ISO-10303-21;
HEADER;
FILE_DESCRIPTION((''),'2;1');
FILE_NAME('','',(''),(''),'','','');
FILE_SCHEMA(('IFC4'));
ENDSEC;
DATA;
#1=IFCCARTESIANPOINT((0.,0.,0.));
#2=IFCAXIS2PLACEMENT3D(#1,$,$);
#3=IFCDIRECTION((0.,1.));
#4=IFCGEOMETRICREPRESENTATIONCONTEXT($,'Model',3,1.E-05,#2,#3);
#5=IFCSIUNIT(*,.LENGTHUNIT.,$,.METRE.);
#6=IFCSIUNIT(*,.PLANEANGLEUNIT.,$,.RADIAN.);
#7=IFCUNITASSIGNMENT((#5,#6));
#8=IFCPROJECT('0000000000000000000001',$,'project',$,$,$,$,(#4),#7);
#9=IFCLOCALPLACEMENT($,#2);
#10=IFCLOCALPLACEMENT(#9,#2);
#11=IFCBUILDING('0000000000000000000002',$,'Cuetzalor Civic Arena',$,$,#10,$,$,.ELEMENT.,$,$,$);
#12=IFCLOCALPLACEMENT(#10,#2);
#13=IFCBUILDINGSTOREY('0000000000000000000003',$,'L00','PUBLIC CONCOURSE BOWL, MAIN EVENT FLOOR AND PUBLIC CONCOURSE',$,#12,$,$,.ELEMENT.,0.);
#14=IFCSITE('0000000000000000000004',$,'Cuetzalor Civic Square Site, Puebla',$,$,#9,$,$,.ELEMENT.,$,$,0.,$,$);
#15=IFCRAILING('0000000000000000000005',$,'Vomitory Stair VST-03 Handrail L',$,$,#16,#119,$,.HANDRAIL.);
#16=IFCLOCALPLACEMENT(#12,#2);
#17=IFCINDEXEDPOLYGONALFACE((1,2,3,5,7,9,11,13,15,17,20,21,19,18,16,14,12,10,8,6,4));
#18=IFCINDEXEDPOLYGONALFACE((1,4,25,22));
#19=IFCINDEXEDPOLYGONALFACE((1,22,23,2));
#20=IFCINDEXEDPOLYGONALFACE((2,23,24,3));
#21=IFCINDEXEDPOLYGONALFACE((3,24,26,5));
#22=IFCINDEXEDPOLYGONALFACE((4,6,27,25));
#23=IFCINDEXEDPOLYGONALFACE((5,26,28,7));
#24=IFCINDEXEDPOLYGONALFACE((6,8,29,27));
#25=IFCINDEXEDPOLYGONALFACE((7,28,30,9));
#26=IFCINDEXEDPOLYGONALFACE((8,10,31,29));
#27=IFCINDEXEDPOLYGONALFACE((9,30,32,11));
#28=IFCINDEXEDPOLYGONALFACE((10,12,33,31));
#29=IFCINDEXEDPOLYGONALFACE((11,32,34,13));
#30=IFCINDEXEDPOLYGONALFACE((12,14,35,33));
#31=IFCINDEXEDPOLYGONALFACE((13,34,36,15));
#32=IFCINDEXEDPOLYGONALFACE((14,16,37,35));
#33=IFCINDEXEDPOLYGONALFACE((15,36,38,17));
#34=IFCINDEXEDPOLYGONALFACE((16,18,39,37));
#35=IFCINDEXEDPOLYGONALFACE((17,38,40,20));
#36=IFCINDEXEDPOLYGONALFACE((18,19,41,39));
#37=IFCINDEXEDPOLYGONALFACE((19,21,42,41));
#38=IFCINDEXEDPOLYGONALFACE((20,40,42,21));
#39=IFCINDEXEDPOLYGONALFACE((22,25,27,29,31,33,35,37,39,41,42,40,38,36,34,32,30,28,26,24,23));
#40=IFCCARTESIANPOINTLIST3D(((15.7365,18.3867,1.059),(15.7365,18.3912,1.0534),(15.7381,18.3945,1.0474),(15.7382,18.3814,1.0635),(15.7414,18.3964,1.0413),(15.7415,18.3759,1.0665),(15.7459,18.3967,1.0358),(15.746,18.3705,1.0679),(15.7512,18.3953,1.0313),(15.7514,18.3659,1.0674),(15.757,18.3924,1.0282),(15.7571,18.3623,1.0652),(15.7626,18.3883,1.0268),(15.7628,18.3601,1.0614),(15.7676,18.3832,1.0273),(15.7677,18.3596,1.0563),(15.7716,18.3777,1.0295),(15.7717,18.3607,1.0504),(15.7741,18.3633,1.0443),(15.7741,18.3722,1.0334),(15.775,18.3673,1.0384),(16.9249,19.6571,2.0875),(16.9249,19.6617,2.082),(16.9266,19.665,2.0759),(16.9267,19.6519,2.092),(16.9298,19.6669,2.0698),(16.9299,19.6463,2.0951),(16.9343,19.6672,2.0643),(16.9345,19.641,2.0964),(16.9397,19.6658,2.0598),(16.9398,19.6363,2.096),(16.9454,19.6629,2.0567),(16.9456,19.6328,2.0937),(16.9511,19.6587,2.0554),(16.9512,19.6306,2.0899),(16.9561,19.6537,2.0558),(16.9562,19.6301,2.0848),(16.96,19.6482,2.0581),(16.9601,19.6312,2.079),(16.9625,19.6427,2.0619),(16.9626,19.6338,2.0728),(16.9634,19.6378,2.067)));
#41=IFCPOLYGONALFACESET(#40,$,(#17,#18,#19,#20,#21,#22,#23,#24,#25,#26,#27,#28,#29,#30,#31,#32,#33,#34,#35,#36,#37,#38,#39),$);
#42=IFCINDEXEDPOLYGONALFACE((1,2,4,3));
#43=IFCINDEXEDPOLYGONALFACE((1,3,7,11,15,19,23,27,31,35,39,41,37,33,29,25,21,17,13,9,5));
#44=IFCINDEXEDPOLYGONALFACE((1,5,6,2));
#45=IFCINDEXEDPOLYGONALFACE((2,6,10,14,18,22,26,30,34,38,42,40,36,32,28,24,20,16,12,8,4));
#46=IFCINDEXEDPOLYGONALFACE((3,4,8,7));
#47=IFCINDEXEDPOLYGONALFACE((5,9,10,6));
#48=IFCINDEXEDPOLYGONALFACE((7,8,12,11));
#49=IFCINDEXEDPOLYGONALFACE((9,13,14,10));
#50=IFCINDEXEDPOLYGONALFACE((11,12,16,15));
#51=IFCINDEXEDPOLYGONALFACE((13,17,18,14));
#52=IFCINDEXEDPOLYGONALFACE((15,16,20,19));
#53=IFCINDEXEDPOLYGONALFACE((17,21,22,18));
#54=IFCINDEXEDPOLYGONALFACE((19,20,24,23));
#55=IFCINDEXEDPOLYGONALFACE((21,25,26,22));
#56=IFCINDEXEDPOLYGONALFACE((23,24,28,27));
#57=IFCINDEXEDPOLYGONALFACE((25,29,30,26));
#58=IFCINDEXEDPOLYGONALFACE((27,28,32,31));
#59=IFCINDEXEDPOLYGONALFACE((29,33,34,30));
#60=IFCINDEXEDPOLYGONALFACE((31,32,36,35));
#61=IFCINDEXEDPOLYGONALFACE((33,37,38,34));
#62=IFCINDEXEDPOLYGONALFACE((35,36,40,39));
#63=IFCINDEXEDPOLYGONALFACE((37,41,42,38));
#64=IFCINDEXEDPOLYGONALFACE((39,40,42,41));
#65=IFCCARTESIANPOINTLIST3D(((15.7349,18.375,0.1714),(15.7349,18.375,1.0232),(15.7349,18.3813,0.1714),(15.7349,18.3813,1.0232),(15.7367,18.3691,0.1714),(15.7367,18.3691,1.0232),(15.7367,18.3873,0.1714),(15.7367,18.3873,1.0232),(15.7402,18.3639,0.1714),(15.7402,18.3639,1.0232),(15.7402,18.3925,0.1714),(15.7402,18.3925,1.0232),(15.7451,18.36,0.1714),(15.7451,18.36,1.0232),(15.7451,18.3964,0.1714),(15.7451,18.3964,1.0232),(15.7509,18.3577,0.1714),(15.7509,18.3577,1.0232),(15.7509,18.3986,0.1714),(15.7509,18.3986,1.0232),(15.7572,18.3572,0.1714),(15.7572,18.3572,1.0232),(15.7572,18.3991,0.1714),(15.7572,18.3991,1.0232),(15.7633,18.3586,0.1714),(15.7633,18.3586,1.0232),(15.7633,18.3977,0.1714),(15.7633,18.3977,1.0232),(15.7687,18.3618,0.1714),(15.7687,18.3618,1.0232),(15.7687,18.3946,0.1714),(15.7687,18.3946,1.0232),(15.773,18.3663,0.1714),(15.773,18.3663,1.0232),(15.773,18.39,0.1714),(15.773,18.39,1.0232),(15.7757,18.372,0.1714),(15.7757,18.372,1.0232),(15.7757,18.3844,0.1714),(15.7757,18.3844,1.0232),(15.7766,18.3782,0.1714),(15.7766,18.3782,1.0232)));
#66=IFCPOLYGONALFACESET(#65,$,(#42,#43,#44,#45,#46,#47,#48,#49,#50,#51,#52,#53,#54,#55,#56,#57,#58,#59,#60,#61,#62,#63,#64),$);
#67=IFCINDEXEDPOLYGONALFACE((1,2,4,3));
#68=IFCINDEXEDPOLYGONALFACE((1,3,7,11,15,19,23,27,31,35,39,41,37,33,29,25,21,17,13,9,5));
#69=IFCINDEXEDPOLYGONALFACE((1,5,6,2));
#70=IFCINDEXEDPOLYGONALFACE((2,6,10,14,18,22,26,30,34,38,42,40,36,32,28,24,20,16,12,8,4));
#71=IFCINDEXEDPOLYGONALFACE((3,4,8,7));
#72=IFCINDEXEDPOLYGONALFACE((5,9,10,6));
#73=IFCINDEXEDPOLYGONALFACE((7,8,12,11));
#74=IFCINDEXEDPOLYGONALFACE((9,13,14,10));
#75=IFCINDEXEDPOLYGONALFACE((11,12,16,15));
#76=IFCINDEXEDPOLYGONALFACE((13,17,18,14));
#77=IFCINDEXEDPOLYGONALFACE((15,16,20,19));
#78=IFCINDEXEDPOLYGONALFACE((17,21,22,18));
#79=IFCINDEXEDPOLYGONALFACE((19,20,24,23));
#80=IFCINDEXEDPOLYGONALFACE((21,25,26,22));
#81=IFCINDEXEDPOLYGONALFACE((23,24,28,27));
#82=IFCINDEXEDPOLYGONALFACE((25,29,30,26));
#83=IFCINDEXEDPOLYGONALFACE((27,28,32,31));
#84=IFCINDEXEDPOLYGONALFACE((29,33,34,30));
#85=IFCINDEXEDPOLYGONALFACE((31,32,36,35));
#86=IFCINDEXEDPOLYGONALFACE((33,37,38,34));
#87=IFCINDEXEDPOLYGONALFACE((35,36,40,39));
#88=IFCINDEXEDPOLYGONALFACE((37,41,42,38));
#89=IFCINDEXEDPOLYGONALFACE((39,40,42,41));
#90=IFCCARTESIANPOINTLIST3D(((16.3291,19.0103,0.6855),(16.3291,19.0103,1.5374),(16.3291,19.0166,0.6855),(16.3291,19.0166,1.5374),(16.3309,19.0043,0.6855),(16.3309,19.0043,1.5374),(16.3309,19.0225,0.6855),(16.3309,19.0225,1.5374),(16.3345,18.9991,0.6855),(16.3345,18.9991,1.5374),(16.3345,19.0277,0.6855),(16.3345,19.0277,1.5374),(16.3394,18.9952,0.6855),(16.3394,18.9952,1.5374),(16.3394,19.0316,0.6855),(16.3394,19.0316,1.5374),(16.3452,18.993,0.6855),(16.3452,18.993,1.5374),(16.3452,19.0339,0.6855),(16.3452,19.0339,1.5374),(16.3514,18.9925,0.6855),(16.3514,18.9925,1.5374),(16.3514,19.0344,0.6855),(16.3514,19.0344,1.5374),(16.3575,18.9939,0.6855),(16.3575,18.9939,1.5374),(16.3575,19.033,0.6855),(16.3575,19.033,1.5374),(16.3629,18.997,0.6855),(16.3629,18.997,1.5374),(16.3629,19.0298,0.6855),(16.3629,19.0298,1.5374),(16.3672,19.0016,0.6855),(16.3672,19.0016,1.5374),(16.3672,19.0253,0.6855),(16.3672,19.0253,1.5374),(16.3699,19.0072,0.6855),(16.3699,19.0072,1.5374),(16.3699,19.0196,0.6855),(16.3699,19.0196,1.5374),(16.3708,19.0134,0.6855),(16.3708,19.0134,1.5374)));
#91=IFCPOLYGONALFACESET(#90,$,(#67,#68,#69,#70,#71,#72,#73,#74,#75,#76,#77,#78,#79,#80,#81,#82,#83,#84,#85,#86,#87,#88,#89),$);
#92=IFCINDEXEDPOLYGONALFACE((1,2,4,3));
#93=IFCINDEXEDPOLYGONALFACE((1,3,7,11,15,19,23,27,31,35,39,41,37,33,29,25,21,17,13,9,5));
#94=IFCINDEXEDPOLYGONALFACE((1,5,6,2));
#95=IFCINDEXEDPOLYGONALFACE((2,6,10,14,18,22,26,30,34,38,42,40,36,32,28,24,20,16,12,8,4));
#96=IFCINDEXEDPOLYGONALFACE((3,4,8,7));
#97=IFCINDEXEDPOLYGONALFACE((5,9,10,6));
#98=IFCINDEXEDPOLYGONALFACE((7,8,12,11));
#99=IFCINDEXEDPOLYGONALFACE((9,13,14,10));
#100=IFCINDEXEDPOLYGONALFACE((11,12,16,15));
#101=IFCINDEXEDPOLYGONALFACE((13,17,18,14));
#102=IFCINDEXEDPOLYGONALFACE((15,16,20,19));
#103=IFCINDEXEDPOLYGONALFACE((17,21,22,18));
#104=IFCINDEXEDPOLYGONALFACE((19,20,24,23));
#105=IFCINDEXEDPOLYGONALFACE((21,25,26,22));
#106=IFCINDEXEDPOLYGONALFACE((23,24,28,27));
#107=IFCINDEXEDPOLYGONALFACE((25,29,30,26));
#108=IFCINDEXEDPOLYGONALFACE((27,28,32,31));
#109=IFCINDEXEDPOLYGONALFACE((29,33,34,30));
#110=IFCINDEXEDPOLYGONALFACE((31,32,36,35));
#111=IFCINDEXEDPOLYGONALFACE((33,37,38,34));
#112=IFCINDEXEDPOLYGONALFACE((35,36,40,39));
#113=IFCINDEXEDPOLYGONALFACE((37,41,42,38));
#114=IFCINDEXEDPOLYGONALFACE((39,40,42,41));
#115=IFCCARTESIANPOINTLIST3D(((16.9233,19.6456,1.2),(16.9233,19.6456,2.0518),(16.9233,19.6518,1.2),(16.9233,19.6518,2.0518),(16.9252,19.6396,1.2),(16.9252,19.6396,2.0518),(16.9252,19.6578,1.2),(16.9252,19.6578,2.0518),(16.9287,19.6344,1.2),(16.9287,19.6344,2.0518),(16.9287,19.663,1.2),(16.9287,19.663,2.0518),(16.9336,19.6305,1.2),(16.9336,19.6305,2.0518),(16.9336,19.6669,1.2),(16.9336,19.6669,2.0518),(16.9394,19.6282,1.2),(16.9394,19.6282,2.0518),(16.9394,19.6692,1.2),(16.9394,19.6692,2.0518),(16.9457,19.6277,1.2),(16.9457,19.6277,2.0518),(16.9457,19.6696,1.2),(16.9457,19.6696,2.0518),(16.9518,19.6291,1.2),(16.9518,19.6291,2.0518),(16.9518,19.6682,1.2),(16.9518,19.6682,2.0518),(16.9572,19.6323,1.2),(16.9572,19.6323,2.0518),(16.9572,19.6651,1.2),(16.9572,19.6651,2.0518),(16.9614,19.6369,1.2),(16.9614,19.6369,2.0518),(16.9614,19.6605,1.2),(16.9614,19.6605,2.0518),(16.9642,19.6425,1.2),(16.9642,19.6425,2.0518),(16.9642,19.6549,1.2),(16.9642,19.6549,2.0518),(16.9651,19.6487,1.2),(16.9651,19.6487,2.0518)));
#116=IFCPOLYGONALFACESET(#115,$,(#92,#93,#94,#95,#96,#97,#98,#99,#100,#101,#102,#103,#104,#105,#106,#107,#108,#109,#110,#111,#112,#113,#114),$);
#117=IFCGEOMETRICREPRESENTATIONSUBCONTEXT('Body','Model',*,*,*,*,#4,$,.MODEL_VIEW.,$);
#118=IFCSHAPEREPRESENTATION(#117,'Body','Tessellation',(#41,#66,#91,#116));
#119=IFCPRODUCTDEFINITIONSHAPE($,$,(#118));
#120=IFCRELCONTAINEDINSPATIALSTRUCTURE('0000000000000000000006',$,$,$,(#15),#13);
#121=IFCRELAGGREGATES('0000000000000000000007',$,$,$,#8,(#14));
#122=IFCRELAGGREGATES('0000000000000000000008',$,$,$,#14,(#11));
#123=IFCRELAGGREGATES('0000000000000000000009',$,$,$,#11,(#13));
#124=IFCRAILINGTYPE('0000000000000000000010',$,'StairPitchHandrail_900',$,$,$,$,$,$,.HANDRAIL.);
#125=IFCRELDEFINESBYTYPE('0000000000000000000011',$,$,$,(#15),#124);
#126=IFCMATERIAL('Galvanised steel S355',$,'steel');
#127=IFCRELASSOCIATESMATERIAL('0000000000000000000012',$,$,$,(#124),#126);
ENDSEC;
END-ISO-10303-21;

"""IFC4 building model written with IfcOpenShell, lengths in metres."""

from ifc_helpers import new_model, si_unit, direction, frame, origin, origin_2d, place, context, subcontext, project, spatial, circle, extrude, material, type_object, element, save


model = new_model("IFC4")

# Units and contexts
model_context = context("Model", 3, precision=1e-05, world=origin(), true_north=direction((0.0, 1.0)))
body_context = subcontext(model_context, "Body", "Model", "MODEL_VIEW")
ifc_project = project(units=[si_unit("LENGTHUNIT", "METRE"), si_unit("PLANEANGLEUNIT", "RADIAN")], contexts=[model_context])

# Site, building, storey
site_placement = place(None, origin())
site = spatial("IfcSite", under=ifc_project, at=site_placement, Name="Cuetzalor Civic Square Site, Puebla", CompositionType="ELEMENT", RefElevation=0.0)
building_placement = place(site_placement, origin())
building = spatial("IfcBuilding", under=site, at=building_placement, Name="Cuetzalor Civic Arena", CompositionType="ELEMENT")
storey_placement = place(building_placement, origin())
storey = spatial("IfcBuildingStorey", under=building, at=storey_placement, Name="L00", Description="PUBLIC CONCOURSE BOWL, MAIN EVENT FLOOR AND PUBLIC CONCOURSE", CompositionType="ELEMENT", Elevation=0.0)

# Railing
ifc_material_1 = material(Name="Galvanised steel S355", Category="steel")
railing_type_1 = type_object("IfcRailingType", Name="StairPitchHandrail_900", PredefinedType="HANDRAIL", material=ifc_material_1)
railing_1_placement = place(storey_placement, frame((15.7556, 18.3782, 0.1714)))
element("IfcRailing", 1, at=railing_1_placement, inside=storey, type_object=railing_type_1, Name="Vomitory Stair VST-03 Handrail L", PredefinedType="HANDRAIL", context=body_context, shape_type="SweptSolid", body=[
    extrude(circle(Radius=0.0239, at=origin_2d()), frame((0.0, 0.0, 0.876), z_axis=(0.588051, 0.62864, 0.508928), x_axis=(-0.730289, 0.683138, 0.0)), (0.0, 0.0, 1.0), 2.021),
    extrude(circle(Radius=0.021, at=origin_2d()), origin(), (0.0, 0.0, 1.0), 0.8518),
    extrude(circle(Radius=0.021, at=origin_2d()), frame((0.5942, 0.6353, 0.5142)), (0.0, 0.0, 1.0), 0.8518),
    extrude(circle(Radius=0.021, at=origin_2d()), frame((1.1885, 1.2705, 1.0286)), (0.0, 0.0, 1.0), 0.8518),
])

save(model, "model.ifc")
